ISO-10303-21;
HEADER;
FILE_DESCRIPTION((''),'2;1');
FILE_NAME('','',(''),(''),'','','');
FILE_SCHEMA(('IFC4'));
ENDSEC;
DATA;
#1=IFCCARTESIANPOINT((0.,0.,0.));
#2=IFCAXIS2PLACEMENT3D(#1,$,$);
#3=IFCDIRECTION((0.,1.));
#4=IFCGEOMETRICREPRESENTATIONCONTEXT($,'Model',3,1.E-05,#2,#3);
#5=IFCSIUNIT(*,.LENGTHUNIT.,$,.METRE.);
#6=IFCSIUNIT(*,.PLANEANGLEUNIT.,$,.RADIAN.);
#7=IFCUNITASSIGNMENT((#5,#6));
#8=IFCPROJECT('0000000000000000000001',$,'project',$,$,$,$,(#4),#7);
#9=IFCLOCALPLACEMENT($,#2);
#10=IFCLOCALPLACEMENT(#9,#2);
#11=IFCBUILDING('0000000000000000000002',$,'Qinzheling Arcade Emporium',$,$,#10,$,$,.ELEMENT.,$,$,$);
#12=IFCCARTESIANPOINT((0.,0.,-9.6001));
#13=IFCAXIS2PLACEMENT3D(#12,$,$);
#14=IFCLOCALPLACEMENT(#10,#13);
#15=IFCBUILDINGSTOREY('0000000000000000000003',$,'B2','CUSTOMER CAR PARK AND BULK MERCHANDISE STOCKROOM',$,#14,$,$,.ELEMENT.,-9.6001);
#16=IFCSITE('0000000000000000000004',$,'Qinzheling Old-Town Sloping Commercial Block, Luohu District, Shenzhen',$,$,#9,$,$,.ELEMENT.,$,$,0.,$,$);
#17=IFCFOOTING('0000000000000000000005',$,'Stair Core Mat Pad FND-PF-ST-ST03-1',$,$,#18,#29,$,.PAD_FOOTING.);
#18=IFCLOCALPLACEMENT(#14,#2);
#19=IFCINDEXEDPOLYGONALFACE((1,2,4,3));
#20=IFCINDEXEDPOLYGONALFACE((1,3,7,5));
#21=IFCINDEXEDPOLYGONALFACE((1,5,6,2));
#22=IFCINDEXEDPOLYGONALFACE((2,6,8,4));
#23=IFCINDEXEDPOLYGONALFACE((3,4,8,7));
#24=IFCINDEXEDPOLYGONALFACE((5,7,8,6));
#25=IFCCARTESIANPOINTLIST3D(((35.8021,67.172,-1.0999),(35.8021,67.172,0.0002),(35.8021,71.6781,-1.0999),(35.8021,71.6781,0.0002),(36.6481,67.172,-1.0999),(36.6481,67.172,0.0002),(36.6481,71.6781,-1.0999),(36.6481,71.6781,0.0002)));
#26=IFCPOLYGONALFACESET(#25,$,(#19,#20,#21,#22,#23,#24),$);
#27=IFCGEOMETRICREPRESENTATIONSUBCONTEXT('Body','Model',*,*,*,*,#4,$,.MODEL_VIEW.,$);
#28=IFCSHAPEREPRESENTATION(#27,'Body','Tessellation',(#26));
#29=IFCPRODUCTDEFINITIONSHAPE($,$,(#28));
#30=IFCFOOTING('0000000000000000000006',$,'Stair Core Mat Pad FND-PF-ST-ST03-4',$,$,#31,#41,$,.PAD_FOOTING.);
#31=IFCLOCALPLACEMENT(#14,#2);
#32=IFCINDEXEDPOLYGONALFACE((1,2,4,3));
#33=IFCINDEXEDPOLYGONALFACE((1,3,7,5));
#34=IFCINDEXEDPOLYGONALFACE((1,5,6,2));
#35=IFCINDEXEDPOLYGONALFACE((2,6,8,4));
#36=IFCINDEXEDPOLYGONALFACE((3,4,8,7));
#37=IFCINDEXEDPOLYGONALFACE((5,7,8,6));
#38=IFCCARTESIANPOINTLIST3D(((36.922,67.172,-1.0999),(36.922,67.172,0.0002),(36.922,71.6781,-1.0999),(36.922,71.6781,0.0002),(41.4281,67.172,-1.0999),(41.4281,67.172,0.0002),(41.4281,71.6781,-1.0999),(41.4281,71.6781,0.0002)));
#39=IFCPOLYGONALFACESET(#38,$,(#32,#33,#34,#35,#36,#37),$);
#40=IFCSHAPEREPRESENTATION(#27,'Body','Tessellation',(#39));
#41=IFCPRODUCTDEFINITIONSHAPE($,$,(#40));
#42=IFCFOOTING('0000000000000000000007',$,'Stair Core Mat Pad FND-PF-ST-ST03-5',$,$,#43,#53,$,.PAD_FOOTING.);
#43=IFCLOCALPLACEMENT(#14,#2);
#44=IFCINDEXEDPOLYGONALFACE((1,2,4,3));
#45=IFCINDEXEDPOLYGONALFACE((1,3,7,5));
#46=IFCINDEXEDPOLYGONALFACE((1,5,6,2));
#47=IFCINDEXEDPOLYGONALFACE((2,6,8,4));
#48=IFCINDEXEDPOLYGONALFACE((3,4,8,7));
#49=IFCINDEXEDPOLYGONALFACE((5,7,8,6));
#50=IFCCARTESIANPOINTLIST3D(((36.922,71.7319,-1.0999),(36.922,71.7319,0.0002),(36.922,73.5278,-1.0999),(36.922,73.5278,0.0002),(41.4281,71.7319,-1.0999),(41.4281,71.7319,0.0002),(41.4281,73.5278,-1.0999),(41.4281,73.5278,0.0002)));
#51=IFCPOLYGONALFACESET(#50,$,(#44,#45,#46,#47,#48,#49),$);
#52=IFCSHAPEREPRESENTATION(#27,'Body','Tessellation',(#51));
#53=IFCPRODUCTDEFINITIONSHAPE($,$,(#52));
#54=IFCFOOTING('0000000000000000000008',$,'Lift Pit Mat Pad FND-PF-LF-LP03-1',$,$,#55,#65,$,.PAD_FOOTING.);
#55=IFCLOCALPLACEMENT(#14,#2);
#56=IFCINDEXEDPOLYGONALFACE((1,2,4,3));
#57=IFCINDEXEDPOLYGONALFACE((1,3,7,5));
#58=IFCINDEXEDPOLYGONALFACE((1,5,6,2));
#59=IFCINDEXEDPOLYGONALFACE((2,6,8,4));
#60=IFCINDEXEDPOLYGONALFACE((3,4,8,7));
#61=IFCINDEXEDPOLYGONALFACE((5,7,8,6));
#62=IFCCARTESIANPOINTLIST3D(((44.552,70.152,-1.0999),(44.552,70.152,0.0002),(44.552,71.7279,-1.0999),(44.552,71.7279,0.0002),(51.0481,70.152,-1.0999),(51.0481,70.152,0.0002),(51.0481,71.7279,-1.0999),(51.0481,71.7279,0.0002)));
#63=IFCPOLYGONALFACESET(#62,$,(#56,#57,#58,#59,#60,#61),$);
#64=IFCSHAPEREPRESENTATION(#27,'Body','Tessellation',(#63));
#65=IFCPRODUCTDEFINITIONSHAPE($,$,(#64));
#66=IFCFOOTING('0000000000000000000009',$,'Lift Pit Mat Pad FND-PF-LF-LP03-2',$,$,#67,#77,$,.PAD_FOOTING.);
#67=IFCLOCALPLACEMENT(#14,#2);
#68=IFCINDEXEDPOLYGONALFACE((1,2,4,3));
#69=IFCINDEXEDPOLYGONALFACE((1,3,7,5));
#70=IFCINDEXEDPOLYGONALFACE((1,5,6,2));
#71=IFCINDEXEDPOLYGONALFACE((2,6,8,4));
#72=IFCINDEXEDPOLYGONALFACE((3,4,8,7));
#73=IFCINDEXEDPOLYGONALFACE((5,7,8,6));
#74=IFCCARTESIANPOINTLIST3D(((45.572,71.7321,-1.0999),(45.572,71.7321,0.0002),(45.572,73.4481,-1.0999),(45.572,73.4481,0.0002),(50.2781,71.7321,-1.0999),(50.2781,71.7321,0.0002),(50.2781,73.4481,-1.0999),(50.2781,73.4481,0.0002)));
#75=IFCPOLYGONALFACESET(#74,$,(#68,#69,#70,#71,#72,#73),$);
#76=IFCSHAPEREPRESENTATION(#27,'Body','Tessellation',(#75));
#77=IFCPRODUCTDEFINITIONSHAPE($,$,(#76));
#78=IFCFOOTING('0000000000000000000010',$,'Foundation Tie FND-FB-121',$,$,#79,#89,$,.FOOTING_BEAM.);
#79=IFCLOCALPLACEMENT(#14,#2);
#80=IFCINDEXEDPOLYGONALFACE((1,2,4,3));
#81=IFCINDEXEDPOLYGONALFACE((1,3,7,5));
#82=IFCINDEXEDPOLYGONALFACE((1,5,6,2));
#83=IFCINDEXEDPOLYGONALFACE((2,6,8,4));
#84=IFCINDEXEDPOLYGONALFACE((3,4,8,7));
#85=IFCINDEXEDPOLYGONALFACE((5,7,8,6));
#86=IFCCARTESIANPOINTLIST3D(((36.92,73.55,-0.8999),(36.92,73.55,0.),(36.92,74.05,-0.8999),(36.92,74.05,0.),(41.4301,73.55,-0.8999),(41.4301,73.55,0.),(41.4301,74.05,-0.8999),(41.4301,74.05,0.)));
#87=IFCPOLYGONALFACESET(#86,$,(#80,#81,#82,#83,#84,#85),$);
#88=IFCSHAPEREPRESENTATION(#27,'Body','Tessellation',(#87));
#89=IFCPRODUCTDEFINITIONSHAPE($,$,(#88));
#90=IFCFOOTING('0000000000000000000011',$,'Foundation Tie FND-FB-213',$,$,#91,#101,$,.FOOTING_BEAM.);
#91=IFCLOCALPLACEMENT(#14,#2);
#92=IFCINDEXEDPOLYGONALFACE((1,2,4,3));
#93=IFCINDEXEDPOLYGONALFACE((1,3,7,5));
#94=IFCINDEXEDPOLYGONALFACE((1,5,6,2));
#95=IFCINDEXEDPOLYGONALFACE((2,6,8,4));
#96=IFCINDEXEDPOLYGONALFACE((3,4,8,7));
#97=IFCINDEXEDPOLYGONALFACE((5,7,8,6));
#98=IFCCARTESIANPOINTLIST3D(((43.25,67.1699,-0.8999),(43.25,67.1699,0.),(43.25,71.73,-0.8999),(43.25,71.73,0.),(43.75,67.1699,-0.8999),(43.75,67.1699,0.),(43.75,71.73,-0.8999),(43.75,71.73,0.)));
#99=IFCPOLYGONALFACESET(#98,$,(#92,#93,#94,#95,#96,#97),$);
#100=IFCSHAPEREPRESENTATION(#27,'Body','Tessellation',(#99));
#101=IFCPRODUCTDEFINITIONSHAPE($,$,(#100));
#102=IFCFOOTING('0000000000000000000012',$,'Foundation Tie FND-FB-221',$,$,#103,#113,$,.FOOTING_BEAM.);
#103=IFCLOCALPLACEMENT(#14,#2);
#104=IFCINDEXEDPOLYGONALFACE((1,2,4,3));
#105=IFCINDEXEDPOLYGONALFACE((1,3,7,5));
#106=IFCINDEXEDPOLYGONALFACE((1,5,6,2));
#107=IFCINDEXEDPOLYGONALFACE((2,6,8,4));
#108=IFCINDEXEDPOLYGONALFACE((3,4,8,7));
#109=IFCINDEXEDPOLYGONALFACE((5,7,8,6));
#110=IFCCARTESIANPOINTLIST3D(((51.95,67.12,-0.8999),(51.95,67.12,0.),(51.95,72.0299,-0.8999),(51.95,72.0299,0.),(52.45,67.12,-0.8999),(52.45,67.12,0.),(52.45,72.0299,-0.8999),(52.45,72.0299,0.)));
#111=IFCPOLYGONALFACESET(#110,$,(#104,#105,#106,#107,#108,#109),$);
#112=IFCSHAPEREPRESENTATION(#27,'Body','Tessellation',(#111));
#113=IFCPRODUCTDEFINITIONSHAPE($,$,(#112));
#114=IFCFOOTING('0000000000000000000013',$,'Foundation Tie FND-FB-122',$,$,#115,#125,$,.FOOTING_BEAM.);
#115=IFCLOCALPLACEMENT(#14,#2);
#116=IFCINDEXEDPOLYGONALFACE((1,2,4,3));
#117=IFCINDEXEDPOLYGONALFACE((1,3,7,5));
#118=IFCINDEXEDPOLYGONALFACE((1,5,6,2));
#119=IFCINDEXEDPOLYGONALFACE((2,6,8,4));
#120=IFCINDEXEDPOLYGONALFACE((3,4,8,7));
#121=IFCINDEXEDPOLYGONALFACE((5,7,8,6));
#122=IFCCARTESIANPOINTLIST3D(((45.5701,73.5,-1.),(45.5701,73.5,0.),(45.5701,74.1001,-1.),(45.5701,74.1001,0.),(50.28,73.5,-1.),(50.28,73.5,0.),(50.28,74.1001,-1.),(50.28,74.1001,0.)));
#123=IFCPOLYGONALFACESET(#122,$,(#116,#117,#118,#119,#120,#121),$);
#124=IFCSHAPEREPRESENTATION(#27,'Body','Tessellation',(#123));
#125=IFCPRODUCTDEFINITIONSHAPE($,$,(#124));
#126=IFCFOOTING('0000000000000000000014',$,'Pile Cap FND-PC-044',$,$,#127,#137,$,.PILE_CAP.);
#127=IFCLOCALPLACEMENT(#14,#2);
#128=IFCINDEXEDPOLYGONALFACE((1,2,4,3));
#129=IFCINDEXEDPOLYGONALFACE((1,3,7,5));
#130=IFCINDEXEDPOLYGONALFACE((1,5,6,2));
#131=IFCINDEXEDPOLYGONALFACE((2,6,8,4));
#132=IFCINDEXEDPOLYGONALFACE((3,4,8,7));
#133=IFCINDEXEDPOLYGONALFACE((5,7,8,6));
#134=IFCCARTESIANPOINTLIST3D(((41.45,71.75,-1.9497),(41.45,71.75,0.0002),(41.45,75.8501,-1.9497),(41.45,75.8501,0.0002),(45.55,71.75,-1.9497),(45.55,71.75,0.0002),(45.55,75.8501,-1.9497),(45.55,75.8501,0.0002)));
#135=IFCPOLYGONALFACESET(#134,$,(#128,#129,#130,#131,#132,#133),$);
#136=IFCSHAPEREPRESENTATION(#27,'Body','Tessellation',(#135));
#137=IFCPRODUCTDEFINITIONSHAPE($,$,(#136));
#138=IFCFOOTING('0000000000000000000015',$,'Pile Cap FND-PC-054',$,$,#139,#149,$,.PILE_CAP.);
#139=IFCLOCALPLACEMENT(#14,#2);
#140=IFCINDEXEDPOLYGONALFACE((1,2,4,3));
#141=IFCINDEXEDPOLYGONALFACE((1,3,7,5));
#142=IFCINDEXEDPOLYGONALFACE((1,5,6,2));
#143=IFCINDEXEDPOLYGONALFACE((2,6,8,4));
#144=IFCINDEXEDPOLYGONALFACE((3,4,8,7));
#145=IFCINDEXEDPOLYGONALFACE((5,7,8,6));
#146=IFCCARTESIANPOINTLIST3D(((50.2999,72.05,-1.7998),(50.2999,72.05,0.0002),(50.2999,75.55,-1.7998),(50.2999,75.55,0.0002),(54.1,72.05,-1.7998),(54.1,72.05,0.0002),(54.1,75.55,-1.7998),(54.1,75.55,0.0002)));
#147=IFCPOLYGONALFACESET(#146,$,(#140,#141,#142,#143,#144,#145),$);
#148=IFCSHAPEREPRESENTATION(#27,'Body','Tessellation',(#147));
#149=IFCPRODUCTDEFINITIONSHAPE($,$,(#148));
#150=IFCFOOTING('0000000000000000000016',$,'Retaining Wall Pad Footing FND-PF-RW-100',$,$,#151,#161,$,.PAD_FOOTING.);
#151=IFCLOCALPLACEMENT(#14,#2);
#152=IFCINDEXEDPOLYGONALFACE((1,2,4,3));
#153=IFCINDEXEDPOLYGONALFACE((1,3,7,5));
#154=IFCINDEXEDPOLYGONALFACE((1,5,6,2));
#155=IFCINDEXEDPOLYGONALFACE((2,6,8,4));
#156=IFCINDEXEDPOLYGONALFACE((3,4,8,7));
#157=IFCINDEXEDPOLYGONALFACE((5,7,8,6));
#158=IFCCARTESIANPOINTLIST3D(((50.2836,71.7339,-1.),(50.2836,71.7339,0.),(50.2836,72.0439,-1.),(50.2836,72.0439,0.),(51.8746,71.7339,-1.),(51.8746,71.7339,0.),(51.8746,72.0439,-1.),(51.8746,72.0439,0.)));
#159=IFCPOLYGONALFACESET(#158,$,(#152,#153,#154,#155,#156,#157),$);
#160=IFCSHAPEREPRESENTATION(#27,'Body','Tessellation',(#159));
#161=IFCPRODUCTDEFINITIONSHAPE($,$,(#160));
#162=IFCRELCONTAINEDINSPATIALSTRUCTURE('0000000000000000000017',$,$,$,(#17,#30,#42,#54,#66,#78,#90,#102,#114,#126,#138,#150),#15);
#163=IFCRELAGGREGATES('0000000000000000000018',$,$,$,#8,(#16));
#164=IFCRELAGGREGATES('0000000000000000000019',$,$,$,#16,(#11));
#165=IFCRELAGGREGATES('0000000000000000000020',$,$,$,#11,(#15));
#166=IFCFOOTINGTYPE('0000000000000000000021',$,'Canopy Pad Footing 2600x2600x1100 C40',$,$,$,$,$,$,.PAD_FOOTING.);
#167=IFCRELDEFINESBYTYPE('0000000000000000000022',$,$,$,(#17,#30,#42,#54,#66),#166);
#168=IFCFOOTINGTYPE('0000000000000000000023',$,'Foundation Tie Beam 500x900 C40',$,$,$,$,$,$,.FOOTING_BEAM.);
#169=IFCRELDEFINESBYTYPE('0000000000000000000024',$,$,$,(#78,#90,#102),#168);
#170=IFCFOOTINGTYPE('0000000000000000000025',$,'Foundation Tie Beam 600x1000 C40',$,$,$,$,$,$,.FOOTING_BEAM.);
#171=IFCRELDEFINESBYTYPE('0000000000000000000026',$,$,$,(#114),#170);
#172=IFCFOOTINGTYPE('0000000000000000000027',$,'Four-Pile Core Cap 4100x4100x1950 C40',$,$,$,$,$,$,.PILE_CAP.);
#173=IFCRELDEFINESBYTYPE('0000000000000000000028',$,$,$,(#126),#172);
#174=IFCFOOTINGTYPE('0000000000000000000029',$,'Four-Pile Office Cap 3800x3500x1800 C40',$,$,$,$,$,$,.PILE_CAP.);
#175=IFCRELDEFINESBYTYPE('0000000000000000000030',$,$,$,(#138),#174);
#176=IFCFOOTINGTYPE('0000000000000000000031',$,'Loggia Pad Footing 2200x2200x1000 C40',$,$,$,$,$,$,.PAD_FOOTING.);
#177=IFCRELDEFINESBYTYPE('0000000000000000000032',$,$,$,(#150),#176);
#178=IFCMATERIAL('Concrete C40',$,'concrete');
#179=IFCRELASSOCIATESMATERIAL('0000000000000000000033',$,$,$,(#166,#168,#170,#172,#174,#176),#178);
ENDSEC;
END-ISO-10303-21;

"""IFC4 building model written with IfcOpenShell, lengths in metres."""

from ifc_helpers import new_model, si_unit, direction, frame, origin, origin_2d, place, context, subcontext, project, spatial, rectangle, extrude, material, type_object, element, save


model = new_model("IFC4")

# Units and contexts
model_context = context("Model", 3, precision=1e-05, world=origin(), true_north=direction((0.0, 1.0)))
body_context = subcontext(model_context, "Body", "Model", "MODEL_VIEW")
ifc_project = project(units=[si_unit("LENGTHUNIT", "METRE"), si_unit("PLANEANGLEUNIT", "RADIAN")], contexts=[model_context])

# Site, building, storey
site_placement = place(None, origin())
site = spatial("IfcSite", under=ifc_project, at=site_placement, Name="Qinzheling Old-Town Sloping Commercial Block, Luohu District, Shenzhen", CompositionType="ELEMENT", RefElevation=0.0)
building_placement = place(site_placement, origin())
building = spatial("IfcBuilding", under=site, at=building_placement, Name="Qinzheling Arcade Emporium", CompositionType="ELEMENT")
storey_placement = place(building_placement, frame((0.0, 0.0, -9.6001)))
storey = spatial("IfcBuildingStorey", under=building, at=storey_placement, Name="B2", Description="CUSTOMER CAR PARK AND BULK MERCHANDISE STOCKROOM", CompositionType="ELEMENT", Elevation=-9.6001)

# Footings
ifc_material_1 = material(Name="Concrete C40", Category="concrete")
footing_type_1 = type_object("IfcFootingType", Name="Canopy Pad Footing 2600x2600x1100 C40", PredefinedType="PAD_FOOTING", material=ifc_material_1)
footing_1_placement = place(storey_placement, frame((36.2251, 69.425, -1.0999), z_axis=(0.0, 0.0, 1.0), x_axis=(1.0, 0.0, 0.0)))
element("IfcFooting", 1, at=footing_1_placement, inside=storey, type_object=footing_type_1, Name="Stair Core Mat Pad FND-PF-ST-ST03-1", PredefinedType="PAD_FOOTING", context=body_context, shape_type="SweptSolid", body=[
    extrude(rectangle(XDim=0.8459, YDim=4.5061, at=origin_2d()), origin(), (0.0, 0.0, 1.0), 1.1001),
])
footing_2_placement = place(storey_placement, frame((39.175, 69.425, -1.0999), z_axis=(0.0, 0.0, 1.0), x_axis=(1.0, 0.0, 0.0)))
element("IfcFooting", 2, at=footing_2_placement, inside=storey, type_object=footing_type_1, Name="Stair Core Mat Pad FND-PF-ST-ST03-4", PredefinedType="PAD_FOOTING", context=body_context, shape_type="SweptSolid", body=[
    extrude(rectangle(XDim=4.5061, YDim=4.5061, at=origin_2d()), origin(), (0.0, 0.0, 1.0), 1.1001),
])
footing_3_placement = place(storey_placement, frame((39.175, 72.6299, -1.0999), z_axis=(0.0, 0.0, 1.0), x_axis=(1.0, 0.0, 0.0)))
element("IfcFooting", 3, at=footing_3_placement, inside=storey, type_object=footing_type_1, Name="Stair Core Mat Pad FND-PF-ST-ST03-5", PredefinedType="PAD_FOOTING", context=body_context, shape_type="SweptSolid", body=[
    extrude(rectangle(XDim=4.5061, YDim=1.7959, at=origin_2d()), origin(), (0.0, 0.0, 1.0), 1.1001),
])
footing_4_placement = place(storey_placement, frame((47.8, 70.9399, -1.0999), z_axis=(0.0, 0.0, 1.0), x_axis=(1.0, 0.0, 0.0)))
element("IfcFooting", 4, at=footing_4_placement, inside=storey, type_object=footing_type_1, Name="Lift Pit Mat Pad FND-PF-LF-LP03-1", PredefinedType="PAD_FOOTING", context=body_context, shape_type="SweptSolid", body=[
    extrude(rectangle(XDim=6.4961, YDim=1.5759, at=origin_2d()), origin(), (0.0, 0.0, 1.0), 1.1001),
])
footing_5_placement = place(storey_placement, frame((47.925, 72.5901, -1.0999), z_axis=(0.0, 0.0, 1.0), x_axis=(1.0, 0.0, 0.0)))
element("IfcFooting", 5, at=footing_5_placement, inside=storey, type_object=footing_type_1, Name="Lift Pit Mat Pad FND-PF-LF-LP03-2", PredefinedType="PAD_FOOTING", context=body_context, shape_type="SweptSolid", body=[
    extrude(rectangle(XDim=4.7061, YDim=1.7161, at=origin_2d()), origin(), (0.0, 0.0, 1.0), 1.1001),
])
footing_type_2 = type_object("IfcFootingType", Name="Foundation Tie Beam 500x900 C40", PredefinedType="FOOTING_BEAM", material=ifc_material_1)
footing_6_placement = place(storey_placement, frame((39.175, 73.8, -0.8999), z_axis=(0.0, 0.0, 1.0), x_axis=(1.0, 0.0, 0.0)))
element("IfcFooting", 6, at=footing_6_placement, inside=storey, type_object=footing_type_2, Name="Foundation Tie FND-FB-121", PredefinedType="FOOTING_BEAM", context=body_context, shape_type="SweptSolid", body=[
    extrude(rectangle(XDim=4.51, YDim=0.5, at=origin_2d()), origin(), (0.0, 0.0, 1.0), 0.8999),
])
footing_7_placement = place(storey_placement, frame((43.5, 69.45, -0.8999), z_axis=(0.0, 0.0, 1.0), x_axis=(1.0, 0.0, 0.0)))
element("IfcFooting", 7, at=footing_7_placement, inside=storey, type_object=footing_type_2, Name="Foundation Tie FND-FB-213", PredefinedType="FOOTING_BEAM", context=body_context, shape_type="SweptSolid", body=[
    extrude(rectangle(XDim=0.5, YDim=4.5601, at=origin_2d()), origin(), (0.0, 0.0, 1.0), 0.8999),
])
footing_8_placement = place(storey_placement, frame((52.2, 69.575, -0.8999), z_axis=(0.0, 0.0, 1.0), x_axis=(1.0, 0.0, 0.0)))
element("IfcFooting", 8, at=footing_8_placement, inside=storey, type_object=footing_type_2, Name="Foundation Tie FND-FB-221", PredefinedType="FOOTING_BEAM", context=body_context, shape_type="SweptSolid", body=[
    extrude(rectangle(XDim=0.5, YDim=4.9099, at=origin_2d()), origin(), (0.0, 0.0, 1.0), 0.8999),
])
footing_type_3 = type_object("IfcFootingType", Name="Foundation Tie Beam 600x1000 C40", PredefinedType="FOOTING_BEAM", material=ifc_material_1)
footing_9_placement = place(storey_placement, frame((47.925, 73.8, -1.0), z_axis=(0.0, 0.0, 1.0), x_axis=(1.0, 0.0, 0.0)))
element("IfcFooting", 9, at=footing_9_placement, inside=storey, type_object=footing_type_3, Name="Foundation Tie FND-FB-122", PredefinedType="FOOTING_BEAM", context=body_context, shape_type="SweptSolid", body=[
    extrude(rectangle(XDim=4.71, YDim=0.6001, at=origin_2d()), origin(), (0.0, 0.0, 1.0), 1.0),
])
footing_type_4 = type_object("IfcFootingType", Name="Four-Pile Core Cap 4100x4100x1950 C40", PredefinedType="PILE_CAP", material=ifc_material_1)
footing_10_placement = place(storey_placement, frame((43.5, 73.8, -1.9497), z_axis=(0.0, 0.0, 1.0), x_axis=(1.0, 0.0, 0.0)))
element("IfcFooting", 10, at=footing_10_placement, inside=storey, type_object=footing_type_4, Name="Pile Cap FND-PC-044", PredefinedType="PILE_CAP", context=body_context, shape_type="SweptSolid", body=[
    extrude(rectangle(XDim=4.1001, YDim=4.1001, at=origin_2d()), origin(), (0.0, 0.0, 1.0), 1.95),
])
footing_type_5 = type_object("IfcFootingType", Name="Four-Pile Office Cap 3800x3500x1800 C40", PredefinedType="PILE_CAP", material=ifc_material_1)
footing_11_placement = place(storey_placement, frame((52.2, 73.8, -1.7998), z_axis=(0.0, 0.0, 1.0), x_axis=(1.0, 0.0, 0.0)))
element("IfcFooting", 11, at=footing_11_placement, inside=storey, type_object=footing_type_5, Name="Pile Cap FND-PC-054", PredefinedType="PILE_CAP", context=body_context, shape_type="SweptSolid", body=[
    extrude(rectangle(XDim=3.8, YDim=3.5, at=origin_2d()), origin(), (0.0, 0.0, 1.0), 1.8),
])
footing_type_6 = type_object("IfcFootingType", Name="Loggia Pad Footing 2200x2200x1000 C40", PredefinedType="PAD_FOOTING", material=ifc_material_1)
footing_12_placement = place(storey_placement, frame((51.0791, 71.8889, -1.0), z_axis=(0.0, 0.0, 1.0), x_axis=(1.0, 0.0, 0.0)))
element("IfcFooting", 12, at=footing_12_placement, inside=storey, type_object=footing_type_6, Name="Retaining Wall Pad Footing FND-PF-RW-100", PredefinedType="PAD_FOOTING", context=body_context, shape_type="SweptSolid", body=[
    extrude(rectangle(XDim=1.5911, YDim=0.3101, at=origin_2d()), origin(), (0.0, 0.0, 1.0), 1.0),
])

save(model, "model.ifc")
